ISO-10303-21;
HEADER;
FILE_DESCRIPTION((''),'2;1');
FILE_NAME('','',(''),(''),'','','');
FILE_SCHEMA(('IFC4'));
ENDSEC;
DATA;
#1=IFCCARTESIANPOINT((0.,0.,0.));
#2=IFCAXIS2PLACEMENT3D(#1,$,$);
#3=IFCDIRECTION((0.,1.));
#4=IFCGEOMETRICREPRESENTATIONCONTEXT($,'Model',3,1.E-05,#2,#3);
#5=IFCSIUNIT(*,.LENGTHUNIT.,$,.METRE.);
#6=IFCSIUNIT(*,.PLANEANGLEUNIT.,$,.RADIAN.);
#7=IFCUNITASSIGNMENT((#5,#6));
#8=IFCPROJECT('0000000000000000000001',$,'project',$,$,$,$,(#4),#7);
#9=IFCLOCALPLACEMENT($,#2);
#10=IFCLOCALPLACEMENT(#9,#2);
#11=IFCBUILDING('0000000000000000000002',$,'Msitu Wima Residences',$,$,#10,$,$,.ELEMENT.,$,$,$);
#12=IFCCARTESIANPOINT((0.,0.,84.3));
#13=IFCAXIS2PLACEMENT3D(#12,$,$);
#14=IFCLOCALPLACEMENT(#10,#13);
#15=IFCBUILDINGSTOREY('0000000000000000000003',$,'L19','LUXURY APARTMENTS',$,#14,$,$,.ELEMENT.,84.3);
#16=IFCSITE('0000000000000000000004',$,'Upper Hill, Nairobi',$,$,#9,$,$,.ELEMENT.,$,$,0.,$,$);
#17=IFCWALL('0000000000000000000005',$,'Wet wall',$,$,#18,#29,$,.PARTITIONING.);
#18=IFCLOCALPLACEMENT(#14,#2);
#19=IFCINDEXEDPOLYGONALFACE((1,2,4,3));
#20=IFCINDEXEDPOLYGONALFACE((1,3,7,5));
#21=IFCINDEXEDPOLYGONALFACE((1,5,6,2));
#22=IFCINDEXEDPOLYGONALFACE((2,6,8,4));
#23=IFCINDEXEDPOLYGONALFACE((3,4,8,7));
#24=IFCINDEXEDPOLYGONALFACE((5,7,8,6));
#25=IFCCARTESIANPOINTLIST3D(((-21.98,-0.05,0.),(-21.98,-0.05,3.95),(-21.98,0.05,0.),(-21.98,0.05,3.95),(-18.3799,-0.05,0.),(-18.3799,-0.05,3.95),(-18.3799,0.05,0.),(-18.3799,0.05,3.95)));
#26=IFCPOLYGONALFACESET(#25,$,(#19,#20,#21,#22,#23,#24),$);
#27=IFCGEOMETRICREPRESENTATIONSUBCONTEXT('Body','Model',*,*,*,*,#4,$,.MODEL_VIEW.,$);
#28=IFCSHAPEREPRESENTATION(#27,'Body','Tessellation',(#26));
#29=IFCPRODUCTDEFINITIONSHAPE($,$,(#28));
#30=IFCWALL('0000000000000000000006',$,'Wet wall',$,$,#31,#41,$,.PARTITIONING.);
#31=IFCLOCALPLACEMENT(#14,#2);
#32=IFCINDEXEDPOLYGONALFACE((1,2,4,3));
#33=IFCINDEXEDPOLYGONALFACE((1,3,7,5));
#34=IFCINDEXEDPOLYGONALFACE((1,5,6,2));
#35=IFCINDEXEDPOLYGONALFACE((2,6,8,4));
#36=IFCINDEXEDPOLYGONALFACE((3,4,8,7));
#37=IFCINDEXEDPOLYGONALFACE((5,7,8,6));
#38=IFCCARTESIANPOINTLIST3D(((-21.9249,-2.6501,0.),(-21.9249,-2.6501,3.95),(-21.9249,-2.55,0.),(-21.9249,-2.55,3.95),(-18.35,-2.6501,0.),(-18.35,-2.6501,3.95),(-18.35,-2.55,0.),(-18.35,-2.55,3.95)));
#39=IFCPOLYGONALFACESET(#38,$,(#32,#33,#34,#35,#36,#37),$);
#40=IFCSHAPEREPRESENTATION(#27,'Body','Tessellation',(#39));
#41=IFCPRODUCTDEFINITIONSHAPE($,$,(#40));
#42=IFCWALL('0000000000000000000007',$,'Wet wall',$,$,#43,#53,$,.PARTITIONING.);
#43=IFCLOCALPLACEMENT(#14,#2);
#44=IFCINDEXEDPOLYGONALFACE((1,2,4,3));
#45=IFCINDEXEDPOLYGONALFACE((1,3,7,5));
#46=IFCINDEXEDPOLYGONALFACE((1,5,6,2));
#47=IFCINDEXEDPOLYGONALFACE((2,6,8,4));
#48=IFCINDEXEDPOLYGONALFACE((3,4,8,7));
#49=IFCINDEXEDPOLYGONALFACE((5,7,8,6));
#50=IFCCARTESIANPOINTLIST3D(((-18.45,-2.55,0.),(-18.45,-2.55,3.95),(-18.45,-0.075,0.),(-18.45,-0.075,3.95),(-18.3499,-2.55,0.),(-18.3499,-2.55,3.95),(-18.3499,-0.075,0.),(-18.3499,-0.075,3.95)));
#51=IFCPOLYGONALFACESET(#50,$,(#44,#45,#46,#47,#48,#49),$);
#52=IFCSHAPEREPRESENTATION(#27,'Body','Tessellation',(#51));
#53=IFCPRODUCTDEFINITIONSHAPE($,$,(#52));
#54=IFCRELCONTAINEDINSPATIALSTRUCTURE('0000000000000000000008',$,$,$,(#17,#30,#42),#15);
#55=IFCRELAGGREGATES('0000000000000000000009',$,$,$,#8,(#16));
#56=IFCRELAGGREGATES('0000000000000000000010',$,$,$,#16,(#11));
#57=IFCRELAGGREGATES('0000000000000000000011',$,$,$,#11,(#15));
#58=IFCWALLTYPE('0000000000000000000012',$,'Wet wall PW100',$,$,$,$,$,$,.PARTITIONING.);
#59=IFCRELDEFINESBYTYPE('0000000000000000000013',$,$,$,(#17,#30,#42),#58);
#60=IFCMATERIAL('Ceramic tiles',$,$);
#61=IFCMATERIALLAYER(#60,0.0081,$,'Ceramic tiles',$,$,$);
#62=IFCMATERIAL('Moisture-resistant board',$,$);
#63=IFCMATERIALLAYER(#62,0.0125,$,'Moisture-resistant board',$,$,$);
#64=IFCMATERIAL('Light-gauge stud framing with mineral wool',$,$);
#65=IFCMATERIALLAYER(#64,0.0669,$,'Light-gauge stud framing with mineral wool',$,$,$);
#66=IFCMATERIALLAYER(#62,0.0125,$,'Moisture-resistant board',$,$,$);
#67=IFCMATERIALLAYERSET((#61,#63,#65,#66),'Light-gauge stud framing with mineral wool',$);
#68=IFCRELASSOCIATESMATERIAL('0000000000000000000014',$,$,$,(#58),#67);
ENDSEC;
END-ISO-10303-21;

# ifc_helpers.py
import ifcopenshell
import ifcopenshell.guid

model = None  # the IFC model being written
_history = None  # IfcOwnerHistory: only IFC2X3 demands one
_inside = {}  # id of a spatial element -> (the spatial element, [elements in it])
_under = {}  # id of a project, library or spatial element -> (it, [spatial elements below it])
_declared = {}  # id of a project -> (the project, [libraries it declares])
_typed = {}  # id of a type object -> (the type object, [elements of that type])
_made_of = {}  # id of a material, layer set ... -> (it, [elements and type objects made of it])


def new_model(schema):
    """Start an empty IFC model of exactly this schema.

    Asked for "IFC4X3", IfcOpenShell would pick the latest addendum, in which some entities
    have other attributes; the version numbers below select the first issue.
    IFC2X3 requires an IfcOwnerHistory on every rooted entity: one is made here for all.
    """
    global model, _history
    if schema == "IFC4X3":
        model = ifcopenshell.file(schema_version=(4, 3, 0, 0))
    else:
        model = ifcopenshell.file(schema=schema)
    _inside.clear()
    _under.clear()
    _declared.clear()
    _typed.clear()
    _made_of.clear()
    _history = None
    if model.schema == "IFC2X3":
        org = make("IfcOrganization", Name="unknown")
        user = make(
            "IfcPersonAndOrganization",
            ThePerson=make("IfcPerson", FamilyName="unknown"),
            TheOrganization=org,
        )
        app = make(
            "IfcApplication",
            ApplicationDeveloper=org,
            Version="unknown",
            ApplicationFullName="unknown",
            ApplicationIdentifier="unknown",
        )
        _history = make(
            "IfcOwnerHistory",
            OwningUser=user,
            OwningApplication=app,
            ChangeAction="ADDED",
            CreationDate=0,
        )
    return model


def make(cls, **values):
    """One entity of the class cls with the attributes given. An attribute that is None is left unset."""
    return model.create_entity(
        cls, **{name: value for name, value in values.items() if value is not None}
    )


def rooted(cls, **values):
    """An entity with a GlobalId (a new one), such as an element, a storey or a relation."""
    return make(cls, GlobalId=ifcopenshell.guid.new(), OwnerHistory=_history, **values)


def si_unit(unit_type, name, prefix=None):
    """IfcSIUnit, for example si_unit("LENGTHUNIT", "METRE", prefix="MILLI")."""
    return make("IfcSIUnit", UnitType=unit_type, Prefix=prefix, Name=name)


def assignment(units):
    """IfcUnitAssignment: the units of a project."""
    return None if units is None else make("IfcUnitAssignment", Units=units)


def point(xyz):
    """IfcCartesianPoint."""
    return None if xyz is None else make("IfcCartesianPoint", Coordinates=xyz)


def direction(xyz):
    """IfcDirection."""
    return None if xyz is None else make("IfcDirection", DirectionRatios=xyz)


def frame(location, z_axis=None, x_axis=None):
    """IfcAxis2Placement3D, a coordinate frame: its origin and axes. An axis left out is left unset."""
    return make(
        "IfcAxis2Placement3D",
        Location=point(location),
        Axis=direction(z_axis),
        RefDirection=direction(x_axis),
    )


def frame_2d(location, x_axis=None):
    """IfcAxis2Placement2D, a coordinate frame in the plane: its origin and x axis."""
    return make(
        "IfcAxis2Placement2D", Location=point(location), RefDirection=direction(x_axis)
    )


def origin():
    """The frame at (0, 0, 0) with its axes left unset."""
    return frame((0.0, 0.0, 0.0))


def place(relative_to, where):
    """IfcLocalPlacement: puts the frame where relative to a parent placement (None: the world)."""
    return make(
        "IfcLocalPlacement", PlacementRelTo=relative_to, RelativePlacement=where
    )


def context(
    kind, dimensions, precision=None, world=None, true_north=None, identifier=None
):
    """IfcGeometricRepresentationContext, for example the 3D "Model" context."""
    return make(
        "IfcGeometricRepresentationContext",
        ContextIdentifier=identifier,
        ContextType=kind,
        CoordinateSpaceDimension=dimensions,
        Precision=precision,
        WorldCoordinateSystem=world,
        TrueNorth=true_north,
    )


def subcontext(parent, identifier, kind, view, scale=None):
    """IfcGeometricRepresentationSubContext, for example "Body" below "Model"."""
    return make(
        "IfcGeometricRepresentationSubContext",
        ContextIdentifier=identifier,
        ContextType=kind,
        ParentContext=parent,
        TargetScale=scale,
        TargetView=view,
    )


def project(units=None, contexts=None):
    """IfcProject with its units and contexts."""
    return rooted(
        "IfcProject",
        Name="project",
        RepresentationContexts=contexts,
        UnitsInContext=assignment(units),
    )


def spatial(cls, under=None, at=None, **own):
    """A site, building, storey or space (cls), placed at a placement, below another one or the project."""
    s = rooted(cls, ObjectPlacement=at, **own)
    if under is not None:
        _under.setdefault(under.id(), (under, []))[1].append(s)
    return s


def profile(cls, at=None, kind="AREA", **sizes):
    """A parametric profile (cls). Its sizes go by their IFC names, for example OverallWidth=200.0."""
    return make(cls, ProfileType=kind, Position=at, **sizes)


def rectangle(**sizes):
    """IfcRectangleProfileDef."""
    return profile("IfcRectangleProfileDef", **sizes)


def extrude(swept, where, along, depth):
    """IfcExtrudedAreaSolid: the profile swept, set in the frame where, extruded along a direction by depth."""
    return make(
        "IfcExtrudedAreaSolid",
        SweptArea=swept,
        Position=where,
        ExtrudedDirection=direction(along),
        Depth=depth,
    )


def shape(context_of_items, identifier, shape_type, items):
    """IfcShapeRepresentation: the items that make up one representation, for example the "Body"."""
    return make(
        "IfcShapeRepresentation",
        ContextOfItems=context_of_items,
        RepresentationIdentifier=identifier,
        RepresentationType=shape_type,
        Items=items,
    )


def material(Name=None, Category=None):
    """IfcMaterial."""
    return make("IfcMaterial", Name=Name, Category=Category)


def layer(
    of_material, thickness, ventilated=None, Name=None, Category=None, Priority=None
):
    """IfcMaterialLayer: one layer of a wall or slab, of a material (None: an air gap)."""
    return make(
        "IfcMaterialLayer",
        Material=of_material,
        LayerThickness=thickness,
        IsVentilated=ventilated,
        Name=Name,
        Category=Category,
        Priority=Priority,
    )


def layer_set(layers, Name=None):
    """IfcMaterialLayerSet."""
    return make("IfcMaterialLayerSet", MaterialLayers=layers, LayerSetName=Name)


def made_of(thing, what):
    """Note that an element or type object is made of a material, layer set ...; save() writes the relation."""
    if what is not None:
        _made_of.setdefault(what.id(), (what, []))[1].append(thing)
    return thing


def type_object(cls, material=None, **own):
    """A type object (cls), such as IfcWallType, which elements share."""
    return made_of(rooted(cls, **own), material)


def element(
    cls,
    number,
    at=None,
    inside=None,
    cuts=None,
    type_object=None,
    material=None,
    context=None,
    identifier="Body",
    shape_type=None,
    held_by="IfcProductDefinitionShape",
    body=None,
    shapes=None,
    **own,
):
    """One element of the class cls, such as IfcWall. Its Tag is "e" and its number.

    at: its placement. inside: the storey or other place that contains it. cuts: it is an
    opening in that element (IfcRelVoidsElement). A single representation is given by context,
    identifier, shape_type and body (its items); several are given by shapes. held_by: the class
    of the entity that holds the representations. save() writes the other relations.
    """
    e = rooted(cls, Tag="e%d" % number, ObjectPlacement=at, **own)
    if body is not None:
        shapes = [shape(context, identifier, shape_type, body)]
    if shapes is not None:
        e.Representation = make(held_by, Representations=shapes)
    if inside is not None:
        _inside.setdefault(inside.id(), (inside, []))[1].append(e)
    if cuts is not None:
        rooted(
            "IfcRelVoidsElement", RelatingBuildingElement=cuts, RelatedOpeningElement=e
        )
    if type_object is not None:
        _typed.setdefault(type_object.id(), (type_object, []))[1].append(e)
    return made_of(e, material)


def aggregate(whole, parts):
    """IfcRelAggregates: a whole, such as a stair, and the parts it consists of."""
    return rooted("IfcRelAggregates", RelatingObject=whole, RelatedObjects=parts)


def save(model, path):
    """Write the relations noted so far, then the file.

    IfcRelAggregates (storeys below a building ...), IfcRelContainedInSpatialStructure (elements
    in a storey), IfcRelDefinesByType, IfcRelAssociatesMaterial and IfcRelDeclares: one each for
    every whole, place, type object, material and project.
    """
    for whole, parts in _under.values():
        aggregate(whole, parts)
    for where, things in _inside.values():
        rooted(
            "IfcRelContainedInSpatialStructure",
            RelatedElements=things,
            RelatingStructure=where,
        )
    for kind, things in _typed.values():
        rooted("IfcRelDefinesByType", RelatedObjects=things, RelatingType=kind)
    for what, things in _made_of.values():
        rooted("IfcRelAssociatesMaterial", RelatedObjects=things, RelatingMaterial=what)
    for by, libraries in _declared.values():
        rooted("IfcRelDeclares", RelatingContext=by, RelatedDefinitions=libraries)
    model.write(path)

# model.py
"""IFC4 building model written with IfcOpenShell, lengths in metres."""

from ifc_helpers import new_model, si_unit, direction, frame, frame_2d, origin, place, context, subcontext, project, spatial, rectangle, extrude, material, layer, layer_set, type_object, element, save


model = new_model("IFC4")

# Units and contexts
model_context = context("Model", 3, precision=1e-05, world=origin(), true_north=direction((0.0, 1.0)))
body_context = subcontext(model_context, "Body", "Model", "MODEL_VIEW")
ifc_project = project(units=[si_unit("LENGTHUNIT", "METRE"), si_unit("PLANEANGLEUNIT", "RADIAN")], contexts=[model_context])

# Site, building, storey
site_placement = place(None, origin())
site = spatial("IfcSite", under=ifc_project, at=site_placement, Name="Upper Hill, Nairobi", CompositionType="ELEMENT", RefElevation=0.0)
building_placement = place(site_placement, origin())
building = spatial("IfcBuilding", under=site, at=building_placement, Name="Msitu Wima Residences", CompositionType="ELEMENT")
storey_placement = place(building_placement, frame((0.0, 0.0, 84.3)))
storey = spatial("IfcBuildingStorey", under=building, at=storey_placement, Name="L19", Description="LUXURY APARTMENTS", CompositionType="ELEMENT", Elevation=84.3)

# Walls
ifc_material_1 = material(Name="Ceramic tiles")
ifc_layer_1 = layer(ifc_material_1, 0.0081, Name="Ceramic tiles")
ifc_material_2 = material(Name="Moisture-resistant board")
ifc_layer_2 = layer(ifc_material_2, 0.0125, Name="Moisture-resistant board")
ifc_material_3 = material(Name="Light-gauge stud framing with mineral wool")
ifc_layer_3 = layer(ifc_material_3, 0.0669, Name="Light-gauge stud framing with mineral wool")
ifc_layer_4 = layer(ifc_material_2, 0.0125, Name="Moisture-resistant board")
ifc_layer_set_1 = layer_set([ifc_layer_1, ifc_layer_2, ifc_layer_3, ifc_layer_4], Name="Light-gauge stud framing with mineral wool")
wall_type_1 = type_object("IfcWallType", Name="Wet wall PW100", PredefinedType="PARTITIONING", material=ifc_layer_set_1)
wall_1_placement = place(storey_placement, frame((-21.98, 0.0, 0.0), z_axis=(0.0, 0.0, 1.0), x_axis=(1.0, 0.0, 0.0)))
element("IfcWall", 1, at=wall_1_placement, inside=storey, type_object=wall_type_1, Name="Wet wall", PredefinedType="PARTITIONING", context=body_context, shape_type="SweptSolid", body=[
    extrude(rectangle(XDim=3.6001, YDim=0.1001, at=frame_2d((1.8, 0.0))), origin(), (0.0, 0.0, 1.0), 3.95),
])
wall_2_placement = place(storey_placement, frame((-21.925, -2.6001, 0.0), z_axis=(0.0, 0.0, 1.0), x_axis=(1.0, 0.0, 0.0)))
element("IfcWall", 2, at=wall_2_placement, inside=storey, type_object=wall_type_1, Name="Wet wall", PredefinedType="PARTITIONING", context=body_context, shape_type="SweptSolid", body=[
    extrude(rectangle(XDim=3.575, YDim=0.1001, at=frame_2d((1.7876, 0.0))), origin(), (0.0, 0.0, 1.0), 3.95),
])
wall_3_placement = place(storey_placement, frame((-18.3999, -2.55, 0.0), z_axis=(0.0, 0.0, 1.0), x_axis=(0.0, 1.0, 0.0)))
element("IfcWall", 3, at=wall_3_placement, inside=storey, type_object=wall_type_1, Name="Wet wall", PredefinedType="PARTITIONING", context=body_context, shape_type="SweptSolid", body=[
    extrude(rectangle(XDim=2.4751, YDim=0.1001, at=frame_2d((1.2375, 0.0))), origin(), (0.0, 0.0, 1.0), 3.95),
])

save(model, "model.ifc")
